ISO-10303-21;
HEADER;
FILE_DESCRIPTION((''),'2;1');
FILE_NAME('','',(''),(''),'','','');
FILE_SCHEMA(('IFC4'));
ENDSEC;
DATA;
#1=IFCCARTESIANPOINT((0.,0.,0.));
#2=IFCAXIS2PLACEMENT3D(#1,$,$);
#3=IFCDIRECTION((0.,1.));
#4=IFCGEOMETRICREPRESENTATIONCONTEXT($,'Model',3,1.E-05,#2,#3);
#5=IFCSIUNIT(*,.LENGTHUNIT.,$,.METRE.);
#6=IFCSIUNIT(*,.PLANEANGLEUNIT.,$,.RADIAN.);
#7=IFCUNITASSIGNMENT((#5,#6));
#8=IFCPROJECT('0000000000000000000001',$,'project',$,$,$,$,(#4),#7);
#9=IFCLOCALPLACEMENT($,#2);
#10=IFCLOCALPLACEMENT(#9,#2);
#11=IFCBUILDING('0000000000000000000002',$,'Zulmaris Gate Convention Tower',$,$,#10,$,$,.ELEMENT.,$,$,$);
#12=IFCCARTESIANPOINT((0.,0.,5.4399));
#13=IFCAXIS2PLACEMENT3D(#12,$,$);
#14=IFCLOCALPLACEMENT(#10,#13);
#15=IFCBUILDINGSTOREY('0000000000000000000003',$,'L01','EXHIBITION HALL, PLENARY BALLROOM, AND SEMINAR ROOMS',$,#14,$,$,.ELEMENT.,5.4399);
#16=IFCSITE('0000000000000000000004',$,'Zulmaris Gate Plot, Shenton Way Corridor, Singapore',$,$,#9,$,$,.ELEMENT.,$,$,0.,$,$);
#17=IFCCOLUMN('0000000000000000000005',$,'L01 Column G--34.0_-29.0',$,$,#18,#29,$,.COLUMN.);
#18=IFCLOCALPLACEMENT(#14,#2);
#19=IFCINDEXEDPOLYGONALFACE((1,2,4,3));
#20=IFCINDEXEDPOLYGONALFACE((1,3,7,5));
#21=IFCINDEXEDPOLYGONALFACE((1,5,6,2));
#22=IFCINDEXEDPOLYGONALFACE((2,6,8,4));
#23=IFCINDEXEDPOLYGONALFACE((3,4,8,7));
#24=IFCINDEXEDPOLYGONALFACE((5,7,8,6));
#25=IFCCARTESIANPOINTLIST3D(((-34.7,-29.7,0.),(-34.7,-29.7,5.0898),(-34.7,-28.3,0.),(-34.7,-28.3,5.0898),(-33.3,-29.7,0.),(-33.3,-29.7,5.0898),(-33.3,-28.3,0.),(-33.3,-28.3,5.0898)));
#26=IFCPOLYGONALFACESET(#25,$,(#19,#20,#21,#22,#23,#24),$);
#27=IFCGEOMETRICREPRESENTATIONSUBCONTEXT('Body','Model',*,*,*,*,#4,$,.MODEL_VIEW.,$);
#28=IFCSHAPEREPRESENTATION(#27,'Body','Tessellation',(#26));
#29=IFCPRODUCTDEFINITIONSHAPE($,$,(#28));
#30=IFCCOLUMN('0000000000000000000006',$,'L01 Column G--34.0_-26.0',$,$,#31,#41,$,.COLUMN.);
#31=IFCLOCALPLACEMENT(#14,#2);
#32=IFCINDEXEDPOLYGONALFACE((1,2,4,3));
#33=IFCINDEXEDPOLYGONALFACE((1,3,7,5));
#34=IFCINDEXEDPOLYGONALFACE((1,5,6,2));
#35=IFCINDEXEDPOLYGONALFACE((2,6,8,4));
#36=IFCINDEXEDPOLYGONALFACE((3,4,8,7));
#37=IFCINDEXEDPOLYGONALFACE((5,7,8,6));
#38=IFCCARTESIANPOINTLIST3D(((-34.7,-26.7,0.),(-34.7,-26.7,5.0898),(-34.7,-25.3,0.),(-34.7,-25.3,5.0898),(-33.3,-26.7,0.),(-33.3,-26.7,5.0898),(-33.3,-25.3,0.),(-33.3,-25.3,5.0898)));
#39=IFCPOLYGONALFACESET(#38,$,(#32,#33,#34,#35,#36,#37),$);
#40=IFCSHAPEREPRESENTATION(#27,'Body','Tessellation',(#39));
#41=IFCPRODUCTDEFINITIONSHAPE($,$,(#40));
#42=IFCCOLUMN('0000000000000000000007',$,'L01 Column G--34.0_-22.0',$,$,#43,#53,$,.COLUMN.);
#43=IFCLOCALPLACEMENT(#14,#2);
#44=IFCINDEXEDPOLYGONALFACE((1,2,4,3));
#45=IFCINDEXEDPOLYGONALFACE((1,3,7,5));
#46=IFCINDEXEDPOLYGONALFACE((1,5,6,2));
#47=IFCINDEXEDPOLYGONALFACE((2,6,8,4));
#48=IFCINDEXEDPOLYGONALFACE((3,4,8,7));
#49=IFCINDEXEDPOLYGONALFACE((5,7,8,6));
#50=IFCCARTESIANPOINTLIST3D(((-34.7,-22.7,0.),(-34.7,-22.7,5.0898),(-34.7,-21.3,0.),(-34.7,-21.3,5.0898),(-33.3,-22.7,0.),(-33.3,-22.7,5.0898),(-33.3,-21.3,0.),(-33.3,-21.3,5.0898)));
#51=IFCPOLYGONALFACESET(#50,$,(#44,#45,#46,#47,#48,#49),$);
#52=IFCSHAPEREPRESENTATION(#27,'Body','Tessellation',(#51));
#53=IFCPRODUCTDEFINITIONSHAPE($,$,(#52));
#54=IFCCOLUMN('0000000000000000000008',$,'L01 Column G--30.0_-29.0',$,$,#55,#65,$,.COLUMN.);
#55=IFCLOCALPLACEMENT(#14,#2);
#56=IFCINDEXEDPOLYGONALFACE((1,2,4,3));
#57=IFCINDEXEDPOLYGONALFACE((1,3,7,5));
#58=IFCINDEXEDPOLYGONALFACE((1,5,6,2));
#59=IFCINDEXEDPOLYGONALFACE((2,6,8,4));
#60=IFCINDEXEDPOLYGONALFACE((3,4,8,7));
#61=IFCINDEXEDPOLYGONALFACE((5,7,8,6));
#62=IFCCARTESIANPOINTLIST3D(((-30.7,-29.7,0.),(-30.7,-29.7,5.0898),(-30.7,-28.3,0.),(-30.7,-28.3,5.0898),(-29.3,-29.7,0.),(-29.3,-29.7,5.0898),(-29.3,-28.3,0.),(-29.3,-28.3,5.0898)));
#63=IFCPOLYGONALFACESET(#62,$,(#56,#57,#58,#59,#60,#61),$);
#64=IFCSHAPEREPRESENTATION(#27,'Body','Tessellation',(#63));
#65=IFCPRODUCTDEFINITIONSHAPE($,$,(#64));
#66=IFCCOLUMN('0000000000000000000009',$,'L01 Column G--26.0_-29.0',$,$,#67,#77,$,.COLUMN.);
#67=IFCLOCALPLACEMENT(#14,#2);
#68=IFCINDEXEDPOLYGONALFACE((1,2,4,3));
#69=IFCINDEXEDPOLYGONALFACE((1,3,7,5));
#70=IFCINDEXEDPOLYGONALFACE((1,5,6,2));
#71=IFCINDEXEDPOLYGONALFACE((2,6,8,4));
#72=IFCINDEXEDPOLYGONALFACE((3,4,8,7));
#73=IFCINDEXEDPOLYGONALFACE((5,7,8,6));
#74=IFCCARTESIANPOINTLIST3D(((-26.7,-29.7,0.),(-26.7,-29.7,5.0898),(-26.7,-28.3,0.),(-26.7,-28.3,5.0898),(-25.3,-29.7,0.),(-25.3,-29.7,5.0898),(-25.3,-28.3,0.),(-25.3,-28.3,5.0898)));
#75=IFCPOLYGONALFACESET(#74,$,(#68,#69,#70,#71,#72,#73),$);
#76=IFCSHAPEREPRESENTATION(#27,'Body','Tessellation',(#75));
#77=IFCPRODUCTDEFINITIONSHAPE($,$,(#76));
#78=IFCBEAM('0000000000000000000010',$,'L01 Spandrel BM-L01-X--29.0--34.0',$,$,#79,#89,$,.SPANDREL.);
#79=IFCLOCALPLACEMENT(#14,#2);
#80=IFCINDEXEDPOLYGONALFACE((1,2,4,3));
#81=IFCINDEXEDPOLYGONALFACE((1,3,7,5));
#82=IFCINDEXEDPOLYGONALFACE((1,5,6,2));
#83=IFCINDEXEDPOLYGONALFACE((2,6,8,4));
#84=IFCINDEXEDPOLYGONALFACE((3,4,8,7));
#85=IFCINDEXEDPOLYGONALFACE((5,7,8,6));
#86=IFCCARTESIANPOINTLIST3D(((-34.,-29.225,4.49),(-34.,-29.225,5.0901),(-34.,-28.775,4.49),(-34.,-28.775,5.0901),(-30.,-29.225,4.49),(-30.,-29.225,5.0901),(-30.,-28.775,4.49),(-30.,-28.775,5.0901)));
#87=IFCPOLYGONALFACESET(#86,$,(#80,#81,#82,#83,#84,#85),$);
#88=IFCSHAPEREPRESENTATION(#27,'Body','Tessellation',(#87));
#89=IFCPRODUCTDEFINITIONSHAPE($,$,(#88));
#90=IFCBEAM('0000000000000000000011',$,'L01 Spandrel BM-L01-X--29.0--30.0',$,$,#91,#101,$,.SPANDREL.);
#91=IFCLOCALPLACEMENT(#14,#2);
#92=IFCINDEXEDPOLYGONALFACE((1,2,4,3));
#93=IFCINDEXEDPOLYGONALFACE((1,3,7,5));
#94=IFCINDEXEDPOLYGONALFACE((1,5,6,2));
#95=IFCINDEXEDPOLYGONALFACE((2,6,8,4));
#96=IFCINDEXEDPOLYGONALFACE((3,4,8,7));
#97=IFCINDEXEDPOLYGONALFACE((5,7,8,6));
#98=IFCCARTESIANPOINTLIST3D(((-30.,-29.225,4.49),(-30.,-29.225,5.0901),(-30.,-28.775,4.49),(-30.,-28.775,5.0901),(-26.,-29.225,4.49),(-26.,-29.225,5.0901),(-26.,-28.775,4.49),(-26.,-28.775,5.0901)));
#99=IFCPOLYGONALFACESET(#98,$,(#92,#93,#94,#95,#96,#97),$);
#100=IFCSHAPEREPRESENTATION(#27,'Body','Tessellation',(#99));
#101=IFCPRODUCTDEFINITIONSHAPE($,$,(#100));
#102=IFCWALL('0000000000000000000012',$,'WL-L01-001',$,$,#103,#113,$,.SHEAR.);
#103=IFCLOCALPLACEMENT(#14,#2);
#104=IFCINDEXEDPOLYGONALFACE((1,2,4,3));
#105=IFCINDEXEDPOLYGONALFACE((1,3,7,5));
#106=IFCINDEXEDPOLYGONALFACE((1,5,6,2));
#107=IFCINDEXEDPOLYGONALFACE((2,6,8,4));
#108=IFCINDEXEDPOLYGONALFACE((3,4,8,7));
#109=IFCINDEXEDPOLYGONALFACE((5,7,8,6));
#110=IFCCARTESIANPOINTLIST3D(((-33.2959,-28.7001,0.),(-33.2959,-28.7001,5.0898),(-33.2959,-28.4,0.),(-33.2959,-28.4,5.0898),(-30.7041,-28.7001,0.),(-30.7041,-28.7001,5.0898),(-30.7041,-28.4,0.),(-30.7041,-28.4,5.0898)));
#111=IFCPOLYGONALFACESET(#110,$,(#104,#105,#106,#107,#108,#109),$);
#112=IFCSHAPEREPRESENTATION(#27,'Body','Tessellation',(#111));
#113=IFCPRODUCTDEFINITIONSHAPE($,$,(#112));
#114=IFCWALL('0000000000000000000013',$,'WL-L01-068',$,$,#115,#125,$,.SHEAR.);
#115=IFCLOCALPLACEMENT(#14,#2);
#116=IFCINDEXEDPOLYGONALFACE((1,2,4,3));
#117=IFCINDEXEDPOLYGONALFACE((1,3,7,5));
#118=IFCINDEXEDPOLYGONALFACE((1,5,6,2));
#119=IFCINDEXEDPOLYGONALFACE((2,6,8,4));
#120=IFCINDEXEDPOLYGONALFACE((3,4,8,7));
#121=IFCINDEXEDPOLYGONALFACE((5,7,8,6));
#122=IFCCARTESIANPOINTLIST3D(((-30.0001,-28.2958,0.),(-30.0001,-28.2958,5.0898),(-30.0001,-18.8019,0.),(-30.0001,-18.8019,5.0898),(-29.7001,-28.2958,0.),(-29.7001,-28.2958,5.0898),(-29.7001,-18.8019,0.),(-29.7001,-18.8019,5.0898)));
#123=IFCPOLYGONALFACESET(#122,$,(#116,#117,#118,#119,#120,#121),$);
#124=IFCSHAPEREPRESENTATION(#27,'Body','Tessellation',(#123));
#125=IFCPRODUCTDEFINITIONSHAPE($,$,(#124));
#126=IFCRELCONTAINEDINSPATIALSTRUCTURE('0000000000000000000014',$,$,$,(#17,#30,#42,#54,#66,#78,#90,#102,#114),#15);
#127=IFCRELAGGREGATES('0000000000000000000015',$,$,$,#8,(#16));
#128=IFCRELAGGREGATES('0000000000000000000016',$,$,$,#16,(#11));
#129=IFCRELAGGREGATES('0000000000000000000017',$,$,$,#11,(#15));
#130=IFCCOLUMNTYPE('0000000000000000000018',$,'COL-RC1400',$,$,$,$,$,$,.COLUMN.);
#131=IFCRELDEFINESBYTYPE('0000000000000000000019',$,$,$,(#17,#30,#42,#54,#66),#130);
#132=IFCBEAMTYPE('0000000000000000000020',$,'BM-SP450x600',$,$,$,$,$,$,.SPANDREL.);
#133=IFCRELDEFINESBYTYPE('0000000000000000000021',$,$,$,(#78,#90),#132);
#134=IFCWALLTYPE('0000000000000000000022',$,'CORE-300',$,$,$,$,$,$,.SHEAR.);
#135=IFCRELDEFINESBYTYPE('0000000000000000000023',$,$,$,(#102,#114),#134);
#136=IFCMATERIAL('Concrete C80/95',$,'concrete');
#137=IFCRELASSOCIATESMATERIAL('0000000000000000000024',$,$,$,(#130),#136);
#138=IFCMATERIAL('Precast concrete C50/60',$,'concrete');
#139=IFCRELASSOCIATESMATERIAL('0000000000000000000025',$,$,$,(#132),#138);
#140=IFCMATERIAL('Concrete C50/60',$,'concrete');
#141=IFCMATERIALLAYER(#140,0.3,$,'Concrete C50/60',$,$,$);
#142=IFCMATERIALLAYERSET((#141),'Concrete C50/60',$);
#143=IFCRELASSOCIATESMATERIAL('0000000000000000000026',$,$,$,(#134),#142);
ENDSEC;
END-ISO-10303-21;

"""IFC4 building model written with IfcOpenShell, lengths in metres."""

from ifc_helpers import new_model, si_unit, direction, frame, frame_2d, origin, origin_2d, place, context, subcontext, project, spatial, rectangle, extrude, material, layer, layer_set, material_profile, profile_set, type_object, element, save


model = new_model("IFC4")

# Units and contexts
model_context = context("Model", 3, precision=1e-05, world=origin(), true_north=direction((0.0, 1.0)))
body_context = subcontext(model_context, "Body", "Model", "MODEL_VIEW")
ifc_project = project(units=[si_unit("LENGTHUNIT", "METRE"), si_unit("PLANEANGLEUNIT", "RADIAN")], contexts=[model_context])

# Site, building, storey
site_placement = place(None, origin())
site = spatial("IfcSite", under=ifc_project, at=site_placement, Name="Zulmaris Gate Plot, Shenton Way Corridor, Singapore", CompositionType="ELEMENT", RefElevation=0.0)
building_placement = place(site_placement, origin())
building = spatial("IfcBuilding", under=site, at=building_placement, Name="Zulmaris Gate Convention Tower", CompositionType="ELEMENT")
storey_placement = place(building_placement, frame((0.0, 0.0, 5.4399)))
storey = spatial("IfcBuildingStorey", under=building, at=storey_placement, Name="L01", Description="EXHIBITION HALL, PLENARY BALLROOM, AND SEMINAR ROOMS", CompositionType="ELEMENT", Elevation=5.4399)

# Columns
ifc_material_1 = material(Name="Concrete C80/95", Category="concrete")
ifc_material_profile_1 = material_profile(ifc_material_1, rectangle(XDim=1.3999, YDim=1.3999, at=origin_2d()), Name="RC COL 1400x1400")
ifc_profile_set_1 = profile_set([ifc_material_profile_1], Name="Concrete C80/95")
column_type = type_object("IfcColumnType", Name="COL-RC1400", PredefinedType="COLUMN", material=ifc_profile_set_1)
for number, where, z_axis, x_axis, name in (
    (1, (-34.0, -29.0, 0.0), (0.0, 0.0, 1.0), (1.0, 0.0, 0.0), "L01 Column G--34.0_-29.0"),
    (2, (-34.0, -26.0, 0.0), (0.0, 0.0, 1.0), (1.0, 0.0, 0.0), "L01 Column G--34.0_-26.0"),
    (3, (-34.0, -22.0, 0.0), (0.0, 0.0, 1.0), (1.0, 0.0, 0.0), "L01 Column G--34.0_-22.0"),
    (4, (-30.0, -29.0, 0.0), (0.0, 0.0, 1.0), (1.0, 0.0, 0.0), "L01 Column G--30.0_-29.0"),
    (5, (-26.0, -29.0, 0.0), (0.0, 0.0, 1.0), (1.0, 0.0, 0.0), "L01 Column G--26.0_-29.0"),
):
    element("IfcColumn", number, at=place(storey_placement, frame(where, z_axis=z_axis, x_axis=x_axis)), inside=storey, type_object=column_type, Name=name, PredefinedType="COLUMN", context=body_context, shape_type="SweptSolid", body=[
        extrude(rectangle(XDim=1.3999, YDim=1.3999, at=origin_2d()), origin(), (0.0, 0.0, 1.0), 5.0898),
    ])

# Beams
ifc_material_2 = material(Name="Precast concrete C50/60", Category="concrete")
ifc_material_profile_2 = material_profile(ifc_material_2, rectangle(XDim=0.45, YDim=0.6001, at=origin_2d()), Name="RC SPANDREL 450x600")
ifc_profile_set_2 = profile_set([ifc_material_profile_2], Name="Precast concrete C50/60")
beam_type = type_object("IfcBeamType", Name="BM-SP450x600", PredefinedType="SPANDREL", material=ifc_profile_set_2)
for number, where, z_axis, x_axis, name in (
    (6, (-34.0, -29.0, 4.79), (1.0, 0.0, 0.0), (0.0, 1.0, 0.0), "L01 Spandrel BM-L01-X--29.0--34.0"),
    (7, (-30.0, -29.0, 4.79), (1.0, 0.0, 0.0), (0.0, 1.0, 0.0), "L01 Spandrel BM-L01-X--29.0--30.0"),
):
    element("IfcBeam", number, at=place(storey_placement, frame(where, z_axis=z_axis, x_axis=x_axis)), inside=storey, type_object=beam_type, Name=name, PredefinedType="SPANDREL", context=body_context, shape_type="SweptSolid", body=[
        extrude(rectangle(XDim=0.45, YDim=0.6001, at=origin_2d()), origin(), (0.0, 0.0, 1.0), 4.0),
    ])

# Wall
ifc_material_3 = material(Name="Concrete C50/60", Category="concrete")
ifc_layer_1 = layer(ifc_material_3, 0.3, Name="Concrete C50/60")
ifc_layer_set_1 = layer_set([ifc_layer_1], Name="Concrete C50/60")
wall_type_1 = type_object("IfcWallType", Name="CORE-300", PredefinedType="SHEAR", material=ifc_layer_set_1)
wall_1_placement = place(storey_placement, frame((-33.2959, -28.55, 0.0), z_axis=(0.0, 0.0, 1.0), x_axis=(1.0, 0.0, 0.0)))
element("IfcWall", 8, at=wall_1_placement, inside=storey, type_object=wall_type_1, Name="WL-L01-001", PredefinedType="SHEAR", context=body_context, shape_type="SweptSolid", body=[
    extrude(rectangle(XDim=2.5918, YDim=0.3, at=frame_2d((1.2959, 0.0))), origin(), (0.0, 0.0, 1.0), 5.0898),
])

# Wall
wall_2_placement = place(storey_placement, frame((-29.8501, -28.2959, 0.0), z_axis=(0.0, 0.0, 1.0), x_axis=(0.0, 1.0, 0.0)))
element("IfcWall", 9, at=wall_2_placement, inside=storey, type_object=wall_type_1, Name="WL-L01-068", PredefinedType="SHEAR", context=body_context, shape_type="SweptSolid", body=[
    extrude(rectangle(XDim=9.4939, YDim=0.3, at=frame_2d((4.7471, 0.0))), origin(), (0.0, 0.0, 1.0), 5.0898),
])

save(model, "model.ifc")
